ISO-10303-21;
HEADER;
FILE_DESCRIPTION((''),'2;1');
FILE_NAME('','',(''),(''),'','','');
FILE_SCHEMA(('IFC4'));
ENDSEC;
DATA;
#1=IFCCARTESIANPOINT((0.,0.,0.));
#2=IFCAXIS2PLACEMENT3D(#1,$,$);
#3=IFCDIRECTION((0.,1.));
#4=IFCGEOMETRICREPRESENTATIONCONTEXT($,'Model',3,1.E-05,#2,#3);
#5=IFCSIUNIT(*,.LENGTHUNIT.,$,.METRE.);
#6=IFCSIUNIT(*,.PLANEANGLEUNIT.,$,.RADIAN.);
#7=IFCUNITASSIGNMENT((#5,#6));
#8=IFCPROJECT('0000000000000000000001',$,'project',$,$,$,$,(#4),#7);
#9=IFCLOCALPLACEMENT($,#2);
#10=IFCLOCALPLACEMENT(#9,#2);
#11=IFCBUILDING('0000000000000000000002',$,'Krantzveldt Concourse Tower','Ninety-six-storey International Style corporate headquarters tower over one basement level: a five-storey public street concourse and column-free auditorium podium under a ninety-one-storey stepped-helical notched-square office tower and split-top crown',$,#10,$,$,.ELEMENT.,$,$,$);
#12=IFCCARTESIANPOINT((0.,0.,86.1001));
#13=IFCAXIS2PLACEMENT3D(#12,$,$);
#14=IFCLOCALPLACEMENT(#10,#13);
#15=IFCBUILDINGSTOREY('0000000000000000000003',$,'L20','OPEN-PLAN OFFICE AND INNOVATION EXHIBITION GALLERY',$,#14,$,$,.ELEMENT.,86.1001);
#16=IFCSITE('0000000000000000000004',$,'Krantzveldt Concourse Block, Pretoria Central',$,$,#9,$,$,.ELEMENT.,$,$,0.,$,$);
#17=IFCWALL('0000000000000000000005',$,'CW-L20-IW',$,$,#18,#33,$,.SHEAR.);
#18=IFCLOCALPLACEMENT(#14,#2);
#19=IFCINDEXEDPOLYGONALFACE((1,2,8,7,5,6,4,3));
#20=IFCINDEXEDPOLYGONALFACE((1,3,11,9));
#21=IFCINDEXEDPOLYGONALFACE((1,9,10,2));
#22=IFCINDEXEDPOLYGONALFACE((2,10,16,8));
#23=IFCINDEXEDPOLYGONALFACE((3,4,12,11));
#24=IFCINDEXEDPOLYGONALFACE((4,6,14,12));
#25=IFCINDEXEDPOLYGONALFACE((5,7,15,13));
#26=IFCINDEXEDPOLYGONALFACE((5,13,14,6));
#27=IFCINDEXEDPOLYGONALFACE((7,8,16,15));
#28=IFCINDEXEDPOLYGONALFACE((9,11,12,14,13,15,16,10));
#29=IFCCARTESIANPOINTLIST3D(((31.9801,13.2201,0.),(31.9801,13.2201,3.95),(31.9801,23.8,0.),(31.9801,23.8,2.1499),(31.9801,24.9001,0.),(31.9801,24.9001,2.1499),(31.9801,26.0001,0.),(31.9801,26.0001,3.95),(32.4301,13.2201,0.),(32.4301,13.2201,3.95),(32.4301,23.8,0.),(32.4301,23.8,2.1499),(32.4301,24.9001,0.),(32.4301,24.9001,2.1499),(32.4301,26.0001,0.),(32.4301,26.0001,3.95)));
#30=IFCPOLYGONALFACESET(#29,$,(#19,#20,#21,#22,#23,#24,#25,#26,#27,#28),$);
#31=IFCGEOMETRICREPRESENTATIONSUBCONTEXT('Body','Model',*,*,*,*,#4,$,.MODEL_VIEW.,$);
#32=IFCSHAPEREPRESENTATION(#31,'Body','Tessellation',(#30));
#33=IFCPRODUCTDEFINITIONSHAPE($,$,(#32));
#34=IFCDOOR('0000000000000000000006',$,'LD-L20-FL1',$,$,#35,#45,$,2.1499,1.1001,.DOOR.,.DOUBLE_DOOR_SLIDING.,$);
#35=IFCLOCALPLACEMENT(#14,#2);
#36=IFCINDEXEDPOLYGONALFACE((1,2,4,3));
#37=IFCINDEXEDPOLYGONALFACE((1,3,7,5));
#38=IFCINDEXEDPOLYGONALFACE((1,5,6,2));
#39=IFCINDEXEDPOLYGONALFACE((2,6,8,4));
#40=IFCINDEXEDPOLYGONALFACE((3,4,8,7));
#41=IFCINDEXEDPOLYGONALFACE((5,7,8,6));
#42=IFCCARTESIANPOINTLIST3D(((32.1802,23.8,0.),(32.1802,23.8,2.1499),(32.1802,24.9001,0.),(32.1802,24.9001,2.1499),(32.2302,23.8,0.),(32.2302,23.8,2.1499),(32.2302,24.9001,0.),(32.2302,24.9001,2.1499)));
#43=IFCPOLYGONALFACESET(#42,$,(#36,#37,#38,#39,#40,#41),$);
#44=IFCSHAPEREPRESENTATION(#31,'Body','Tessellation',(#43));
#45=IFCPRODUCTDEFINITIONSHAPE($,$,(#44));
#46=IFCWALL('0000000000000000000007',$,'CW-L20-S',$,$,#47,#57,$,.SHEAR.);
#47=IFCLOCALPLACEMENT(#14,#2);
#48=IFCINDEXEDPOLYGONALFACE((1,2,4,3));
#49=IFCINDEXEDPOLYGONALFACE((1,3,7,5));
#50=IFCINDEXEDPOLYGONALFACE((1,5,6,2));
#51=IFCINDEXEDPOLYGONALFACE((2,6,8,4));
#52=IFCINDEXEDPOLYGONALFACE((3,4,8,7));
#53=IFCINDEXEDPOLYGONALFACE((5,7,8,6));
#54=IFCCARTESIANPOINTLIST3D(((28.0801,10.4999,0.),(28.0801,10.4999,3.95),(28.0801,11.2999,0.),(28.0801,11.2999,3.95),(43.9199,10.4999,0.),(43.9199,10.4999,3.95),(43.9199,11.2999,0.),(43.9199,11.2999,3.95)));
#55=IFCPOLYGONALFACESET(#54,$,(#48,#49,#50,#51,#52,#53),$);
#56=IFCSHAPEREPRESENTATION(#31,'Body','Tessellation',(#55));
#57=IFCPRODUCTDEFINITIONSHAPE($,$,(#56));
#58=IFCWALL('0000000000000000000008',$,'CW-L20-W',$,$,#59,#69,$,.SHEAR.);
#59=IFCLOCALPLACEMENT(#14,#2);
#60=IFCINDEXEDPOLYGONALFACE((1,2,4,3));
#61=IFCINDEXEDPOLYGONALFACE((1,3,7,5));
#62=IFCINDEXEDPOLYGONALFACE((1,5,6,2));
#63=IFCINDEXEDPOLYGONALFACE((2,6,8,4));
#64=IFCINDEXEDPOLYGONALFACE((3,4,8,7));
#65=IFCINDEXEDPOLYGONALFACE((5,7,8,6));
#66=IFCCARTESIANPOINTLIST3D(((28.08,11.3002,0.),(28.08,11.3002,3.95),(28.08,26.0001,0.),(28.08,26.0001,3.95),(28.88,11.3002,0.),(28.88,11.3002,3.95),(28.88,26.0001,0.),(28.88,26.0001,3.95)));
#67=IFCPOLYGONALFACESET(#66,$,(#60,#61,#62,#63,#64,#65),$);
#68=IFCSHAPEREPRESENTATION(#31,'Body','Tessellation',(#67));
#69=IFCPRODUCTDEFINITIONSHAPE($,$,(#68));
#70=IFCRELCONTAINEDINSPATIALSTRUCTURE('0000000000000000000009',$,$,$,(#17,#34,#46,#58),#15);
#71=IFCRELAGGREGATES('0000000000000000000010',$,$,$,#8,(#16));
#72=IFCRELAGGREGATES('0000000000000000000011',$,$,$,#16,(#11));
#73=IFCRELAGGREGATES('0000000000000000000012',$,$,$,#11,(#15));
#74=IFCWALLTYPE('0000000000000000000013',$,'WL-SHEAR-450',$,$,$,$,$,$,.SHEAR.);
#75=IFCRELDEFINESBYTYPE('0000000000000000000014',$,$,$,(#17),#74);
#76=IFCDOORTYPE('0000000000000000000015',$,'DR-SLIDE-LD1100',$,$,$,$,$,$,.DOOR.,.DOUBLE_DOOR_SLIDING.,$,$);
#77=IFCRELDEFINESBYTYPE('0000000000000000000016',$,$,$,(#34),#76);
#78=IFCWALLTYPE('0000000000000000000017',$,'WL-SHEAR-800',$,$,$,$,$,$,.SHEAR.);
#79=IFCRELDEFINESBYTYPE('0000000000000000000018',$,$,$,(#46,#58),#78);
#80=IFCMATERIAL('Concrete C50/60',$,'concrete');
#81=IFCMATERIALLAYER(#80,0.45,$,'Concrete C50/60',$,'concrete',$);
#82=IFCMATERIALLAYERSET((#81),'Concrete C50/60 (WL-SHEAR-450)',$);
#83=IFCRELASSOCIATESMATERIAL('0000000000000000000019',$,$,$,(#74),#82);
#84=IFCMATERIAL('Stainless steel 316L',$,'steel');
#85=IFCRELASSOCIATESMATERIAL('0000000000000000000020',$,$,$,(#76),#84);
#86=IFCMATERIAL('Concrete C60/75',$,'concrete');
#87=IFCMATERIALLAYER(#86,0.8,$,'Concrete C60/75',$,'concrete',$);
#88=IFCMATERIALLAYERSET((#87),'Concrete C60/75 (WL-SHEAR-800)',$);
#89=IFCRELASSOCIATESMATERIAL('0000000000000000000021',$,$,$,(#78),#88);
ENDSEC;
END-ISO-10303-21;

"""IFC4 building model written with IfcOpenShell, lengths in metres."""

from ifc_helpers import new_model, si_unit, direction, frame, frame_2d, origin, place, context, subcontext, project, spatial, rectangle, extrude, material, layer, layer_set, type_object, element, fill, save


model = new_model("IFC4")

# Units and contexts
model_context = context("Model", 3, precision=1e-05, world=origin(), true_north=direction((0.0, 1.0)))
body_context = subcontext(model_context, "Body", "Model", "MODEL_VIEW")
ifc_project = project(units=[si_unit("LENGTHUNIT", "METRE"), si_unit("PLANEANGLEUNIT", "RADIAN")], contexts=[model_context])

# Site, building, storey
site_placement = place(None, origin())
site = spatial("IfcSite", under=ifc_project, at=site_placement, Name="Krantzveldt Concourse Block, Pretoria Central", CompositionType="ELEMENT", RefElevation=0.0)
building_placement = place(site_placement, origin())
building = spatial("IfcBuilding", under=site, at=building_placement, Name="Krantzveldt Concourse Tower", Description="Ninety-six-storey International Style corporate headquarters tower over one basement level: a five-storey public street concourse and column-free auditorium podium under a ninety-one-storey stepped-helical notched-square office tower and split-top crown", CompositionType="ELEMENT")
storey_placement = place(building_placement, frame((0.0, 0.0, 86.1001)))
storey = spatial("IfcBuildingStorey", under=building, at=storey_placement, Name="L20", Description="OPEN-PLAN OFFICE AND INNOVATION EXHIBITION GALLERY", CompositionType="ELEMENT", Elevation=86.1001)

# Shared definitions
ifc_material_1 = material(Name="Concrete C50/60", Category="concrete")

# Wall, opening, door
ifc_layer_1 = layer(ifc_material_1, 0.45, Name="Concrete C50/60", Category="concrete")
ifc_layer_set_1 = layer_set([ifc_layer_1], Name="Concrete C50/60 (WL-SHEAR-450)")
wall_type_1 = type_object("IfcWallType", Name="WL-SHEAR-450", PredefinedType="SHEAR", material=ifc_layer_set_1)
wall_1_placement = place(storey_placement, frame((32.2051, 13.22, 0.0), z_axis=(0.0, 0.0, 1.0), x_axis=(0.0, 1.0, 0.0)))
wall_1 = element("IfcWall", 1, at=wall_1_placement, inside=storey, type_object=wall_type_1, Name="CW-L20-IW", PredefinedType="SHEAR", context=body_context, shape_type="SweptSolid", body=[
    extrude(rectangle(XDim=12.78, YDim=0.45, at=frame_2d((6.3901, 0.0))), origin(), (0.0, 0.0, 1.0), 3.95),
])
opening_1_placement = place(wall_1_placement, frame((10.5801, 0.0, 0.0)))
opening_1 = element("IfcOpeningElement", 2, at=opening_1_placement, cuts=wall_1, PredefinedType="OPENING", context=body_context, shape_type="SweptSolid", body=[
    extrude(rectangle(XDim=1.1001, YDim=2.1499, at=frame_2d((0.55, 1.075))), frame((0.0, 0.2349, 0.0), z_axis=(0.0, -1.0, 0.0), x_axis=(1.0, 0.0, 0.0)), (0.0, 0.0, 1.0), 0.47),
])
ifc_material_2 = material(Name="Stainless steel 316L", Category="steel")
door_type_1 = type_object("IfcDoorType", Name="DR-SLIDE-LD1100", OperationType="DOUBLE_DOOR_SLIDING", PredefinedType="DOOR", material=ifc_material_2)
door_1_placement = place(opening_1_placement, origin())
door_1 = element("IfcDoor", 3, at=door_1_placement, inside=storey, type_object=door_type_1, Name="LD-L20-FL1", OperationType="DOUBLE_DOOR_SLIDING", OverallHeight=2.1499, OverallWidth=1.1001, PredefinedType="DOOR", context=body_context, shape_type="SweptSolid", body=[
    extrude(rectangle(XDim=1.1001, YDim=2.1499, at=frame_2d((0.55, 1.075))), frame((0.0, 0.0249, 0.0), z_axis=(0.0, -1.0, 0.0), x_axis=(1.0, 0.0, 0.0)), (0.0, 0.0, 1.0), 0.05),
])
fill(opening_1, door_1)

# Walls
ifc_material_3 = material(Name="Concrete C60/75", Category="concrete")
ifc_layer_2 = layer(ifc_material_3, 0.8, Name="Concrete C60/75", Category="concrete")
ifc_layer_set_2 = layer_set([ifc_layer_2], Name="Concrete C60/75 (WL-SHEAR-800)")
wall_type_2 = type_object("IfcWallType", Name="WL-SHEAR-800", PredefinedType="SHEAR", material=ifc_layer_set_2)
wall_2_placement = place(storey_placement, frame((28.0801, 10.8999, 0.0), z_axis=(0.0, 0.0, 1.0), x_axis=(1.0, 0.0, 0.0)))
element("IfcWall", 4, at=wall_2_placement, inside=storey, type_object=wall_type_2, Name="CW-L20-S", PredefinedType="SHEAR", context=body_context, shape_type="SweptSolid", body=[
    extrude(rectangle(XDim=15.8398, YDim=0.8, at=frame_2d((7.9199, 0.0))), origin(), (0.0, 0.0, 1.0), 3.95),
])
wall_3_placement = place(storey_placement, frame((28.48, 11.3, 0.0), z_axis=(0.0, 0.0, 1.0), x_axis=(0.0, 1.0, 0.0)))
element("IfcWall", 5, at=wall_3_placement, inside=storey, type_object=wall_type_2, Name="CW-L20-W", PredefinedType="SHEAR", context=body_context, shape_type="SweptSolid", body=[
    extrude(rectangle(XDim=14.7, YDim=0.8, at=frame_2d((7.3501, 0.0))), origin(), (0.0, 0.0, 1.0), 3.95),
])

save(model, "model.ifc")
